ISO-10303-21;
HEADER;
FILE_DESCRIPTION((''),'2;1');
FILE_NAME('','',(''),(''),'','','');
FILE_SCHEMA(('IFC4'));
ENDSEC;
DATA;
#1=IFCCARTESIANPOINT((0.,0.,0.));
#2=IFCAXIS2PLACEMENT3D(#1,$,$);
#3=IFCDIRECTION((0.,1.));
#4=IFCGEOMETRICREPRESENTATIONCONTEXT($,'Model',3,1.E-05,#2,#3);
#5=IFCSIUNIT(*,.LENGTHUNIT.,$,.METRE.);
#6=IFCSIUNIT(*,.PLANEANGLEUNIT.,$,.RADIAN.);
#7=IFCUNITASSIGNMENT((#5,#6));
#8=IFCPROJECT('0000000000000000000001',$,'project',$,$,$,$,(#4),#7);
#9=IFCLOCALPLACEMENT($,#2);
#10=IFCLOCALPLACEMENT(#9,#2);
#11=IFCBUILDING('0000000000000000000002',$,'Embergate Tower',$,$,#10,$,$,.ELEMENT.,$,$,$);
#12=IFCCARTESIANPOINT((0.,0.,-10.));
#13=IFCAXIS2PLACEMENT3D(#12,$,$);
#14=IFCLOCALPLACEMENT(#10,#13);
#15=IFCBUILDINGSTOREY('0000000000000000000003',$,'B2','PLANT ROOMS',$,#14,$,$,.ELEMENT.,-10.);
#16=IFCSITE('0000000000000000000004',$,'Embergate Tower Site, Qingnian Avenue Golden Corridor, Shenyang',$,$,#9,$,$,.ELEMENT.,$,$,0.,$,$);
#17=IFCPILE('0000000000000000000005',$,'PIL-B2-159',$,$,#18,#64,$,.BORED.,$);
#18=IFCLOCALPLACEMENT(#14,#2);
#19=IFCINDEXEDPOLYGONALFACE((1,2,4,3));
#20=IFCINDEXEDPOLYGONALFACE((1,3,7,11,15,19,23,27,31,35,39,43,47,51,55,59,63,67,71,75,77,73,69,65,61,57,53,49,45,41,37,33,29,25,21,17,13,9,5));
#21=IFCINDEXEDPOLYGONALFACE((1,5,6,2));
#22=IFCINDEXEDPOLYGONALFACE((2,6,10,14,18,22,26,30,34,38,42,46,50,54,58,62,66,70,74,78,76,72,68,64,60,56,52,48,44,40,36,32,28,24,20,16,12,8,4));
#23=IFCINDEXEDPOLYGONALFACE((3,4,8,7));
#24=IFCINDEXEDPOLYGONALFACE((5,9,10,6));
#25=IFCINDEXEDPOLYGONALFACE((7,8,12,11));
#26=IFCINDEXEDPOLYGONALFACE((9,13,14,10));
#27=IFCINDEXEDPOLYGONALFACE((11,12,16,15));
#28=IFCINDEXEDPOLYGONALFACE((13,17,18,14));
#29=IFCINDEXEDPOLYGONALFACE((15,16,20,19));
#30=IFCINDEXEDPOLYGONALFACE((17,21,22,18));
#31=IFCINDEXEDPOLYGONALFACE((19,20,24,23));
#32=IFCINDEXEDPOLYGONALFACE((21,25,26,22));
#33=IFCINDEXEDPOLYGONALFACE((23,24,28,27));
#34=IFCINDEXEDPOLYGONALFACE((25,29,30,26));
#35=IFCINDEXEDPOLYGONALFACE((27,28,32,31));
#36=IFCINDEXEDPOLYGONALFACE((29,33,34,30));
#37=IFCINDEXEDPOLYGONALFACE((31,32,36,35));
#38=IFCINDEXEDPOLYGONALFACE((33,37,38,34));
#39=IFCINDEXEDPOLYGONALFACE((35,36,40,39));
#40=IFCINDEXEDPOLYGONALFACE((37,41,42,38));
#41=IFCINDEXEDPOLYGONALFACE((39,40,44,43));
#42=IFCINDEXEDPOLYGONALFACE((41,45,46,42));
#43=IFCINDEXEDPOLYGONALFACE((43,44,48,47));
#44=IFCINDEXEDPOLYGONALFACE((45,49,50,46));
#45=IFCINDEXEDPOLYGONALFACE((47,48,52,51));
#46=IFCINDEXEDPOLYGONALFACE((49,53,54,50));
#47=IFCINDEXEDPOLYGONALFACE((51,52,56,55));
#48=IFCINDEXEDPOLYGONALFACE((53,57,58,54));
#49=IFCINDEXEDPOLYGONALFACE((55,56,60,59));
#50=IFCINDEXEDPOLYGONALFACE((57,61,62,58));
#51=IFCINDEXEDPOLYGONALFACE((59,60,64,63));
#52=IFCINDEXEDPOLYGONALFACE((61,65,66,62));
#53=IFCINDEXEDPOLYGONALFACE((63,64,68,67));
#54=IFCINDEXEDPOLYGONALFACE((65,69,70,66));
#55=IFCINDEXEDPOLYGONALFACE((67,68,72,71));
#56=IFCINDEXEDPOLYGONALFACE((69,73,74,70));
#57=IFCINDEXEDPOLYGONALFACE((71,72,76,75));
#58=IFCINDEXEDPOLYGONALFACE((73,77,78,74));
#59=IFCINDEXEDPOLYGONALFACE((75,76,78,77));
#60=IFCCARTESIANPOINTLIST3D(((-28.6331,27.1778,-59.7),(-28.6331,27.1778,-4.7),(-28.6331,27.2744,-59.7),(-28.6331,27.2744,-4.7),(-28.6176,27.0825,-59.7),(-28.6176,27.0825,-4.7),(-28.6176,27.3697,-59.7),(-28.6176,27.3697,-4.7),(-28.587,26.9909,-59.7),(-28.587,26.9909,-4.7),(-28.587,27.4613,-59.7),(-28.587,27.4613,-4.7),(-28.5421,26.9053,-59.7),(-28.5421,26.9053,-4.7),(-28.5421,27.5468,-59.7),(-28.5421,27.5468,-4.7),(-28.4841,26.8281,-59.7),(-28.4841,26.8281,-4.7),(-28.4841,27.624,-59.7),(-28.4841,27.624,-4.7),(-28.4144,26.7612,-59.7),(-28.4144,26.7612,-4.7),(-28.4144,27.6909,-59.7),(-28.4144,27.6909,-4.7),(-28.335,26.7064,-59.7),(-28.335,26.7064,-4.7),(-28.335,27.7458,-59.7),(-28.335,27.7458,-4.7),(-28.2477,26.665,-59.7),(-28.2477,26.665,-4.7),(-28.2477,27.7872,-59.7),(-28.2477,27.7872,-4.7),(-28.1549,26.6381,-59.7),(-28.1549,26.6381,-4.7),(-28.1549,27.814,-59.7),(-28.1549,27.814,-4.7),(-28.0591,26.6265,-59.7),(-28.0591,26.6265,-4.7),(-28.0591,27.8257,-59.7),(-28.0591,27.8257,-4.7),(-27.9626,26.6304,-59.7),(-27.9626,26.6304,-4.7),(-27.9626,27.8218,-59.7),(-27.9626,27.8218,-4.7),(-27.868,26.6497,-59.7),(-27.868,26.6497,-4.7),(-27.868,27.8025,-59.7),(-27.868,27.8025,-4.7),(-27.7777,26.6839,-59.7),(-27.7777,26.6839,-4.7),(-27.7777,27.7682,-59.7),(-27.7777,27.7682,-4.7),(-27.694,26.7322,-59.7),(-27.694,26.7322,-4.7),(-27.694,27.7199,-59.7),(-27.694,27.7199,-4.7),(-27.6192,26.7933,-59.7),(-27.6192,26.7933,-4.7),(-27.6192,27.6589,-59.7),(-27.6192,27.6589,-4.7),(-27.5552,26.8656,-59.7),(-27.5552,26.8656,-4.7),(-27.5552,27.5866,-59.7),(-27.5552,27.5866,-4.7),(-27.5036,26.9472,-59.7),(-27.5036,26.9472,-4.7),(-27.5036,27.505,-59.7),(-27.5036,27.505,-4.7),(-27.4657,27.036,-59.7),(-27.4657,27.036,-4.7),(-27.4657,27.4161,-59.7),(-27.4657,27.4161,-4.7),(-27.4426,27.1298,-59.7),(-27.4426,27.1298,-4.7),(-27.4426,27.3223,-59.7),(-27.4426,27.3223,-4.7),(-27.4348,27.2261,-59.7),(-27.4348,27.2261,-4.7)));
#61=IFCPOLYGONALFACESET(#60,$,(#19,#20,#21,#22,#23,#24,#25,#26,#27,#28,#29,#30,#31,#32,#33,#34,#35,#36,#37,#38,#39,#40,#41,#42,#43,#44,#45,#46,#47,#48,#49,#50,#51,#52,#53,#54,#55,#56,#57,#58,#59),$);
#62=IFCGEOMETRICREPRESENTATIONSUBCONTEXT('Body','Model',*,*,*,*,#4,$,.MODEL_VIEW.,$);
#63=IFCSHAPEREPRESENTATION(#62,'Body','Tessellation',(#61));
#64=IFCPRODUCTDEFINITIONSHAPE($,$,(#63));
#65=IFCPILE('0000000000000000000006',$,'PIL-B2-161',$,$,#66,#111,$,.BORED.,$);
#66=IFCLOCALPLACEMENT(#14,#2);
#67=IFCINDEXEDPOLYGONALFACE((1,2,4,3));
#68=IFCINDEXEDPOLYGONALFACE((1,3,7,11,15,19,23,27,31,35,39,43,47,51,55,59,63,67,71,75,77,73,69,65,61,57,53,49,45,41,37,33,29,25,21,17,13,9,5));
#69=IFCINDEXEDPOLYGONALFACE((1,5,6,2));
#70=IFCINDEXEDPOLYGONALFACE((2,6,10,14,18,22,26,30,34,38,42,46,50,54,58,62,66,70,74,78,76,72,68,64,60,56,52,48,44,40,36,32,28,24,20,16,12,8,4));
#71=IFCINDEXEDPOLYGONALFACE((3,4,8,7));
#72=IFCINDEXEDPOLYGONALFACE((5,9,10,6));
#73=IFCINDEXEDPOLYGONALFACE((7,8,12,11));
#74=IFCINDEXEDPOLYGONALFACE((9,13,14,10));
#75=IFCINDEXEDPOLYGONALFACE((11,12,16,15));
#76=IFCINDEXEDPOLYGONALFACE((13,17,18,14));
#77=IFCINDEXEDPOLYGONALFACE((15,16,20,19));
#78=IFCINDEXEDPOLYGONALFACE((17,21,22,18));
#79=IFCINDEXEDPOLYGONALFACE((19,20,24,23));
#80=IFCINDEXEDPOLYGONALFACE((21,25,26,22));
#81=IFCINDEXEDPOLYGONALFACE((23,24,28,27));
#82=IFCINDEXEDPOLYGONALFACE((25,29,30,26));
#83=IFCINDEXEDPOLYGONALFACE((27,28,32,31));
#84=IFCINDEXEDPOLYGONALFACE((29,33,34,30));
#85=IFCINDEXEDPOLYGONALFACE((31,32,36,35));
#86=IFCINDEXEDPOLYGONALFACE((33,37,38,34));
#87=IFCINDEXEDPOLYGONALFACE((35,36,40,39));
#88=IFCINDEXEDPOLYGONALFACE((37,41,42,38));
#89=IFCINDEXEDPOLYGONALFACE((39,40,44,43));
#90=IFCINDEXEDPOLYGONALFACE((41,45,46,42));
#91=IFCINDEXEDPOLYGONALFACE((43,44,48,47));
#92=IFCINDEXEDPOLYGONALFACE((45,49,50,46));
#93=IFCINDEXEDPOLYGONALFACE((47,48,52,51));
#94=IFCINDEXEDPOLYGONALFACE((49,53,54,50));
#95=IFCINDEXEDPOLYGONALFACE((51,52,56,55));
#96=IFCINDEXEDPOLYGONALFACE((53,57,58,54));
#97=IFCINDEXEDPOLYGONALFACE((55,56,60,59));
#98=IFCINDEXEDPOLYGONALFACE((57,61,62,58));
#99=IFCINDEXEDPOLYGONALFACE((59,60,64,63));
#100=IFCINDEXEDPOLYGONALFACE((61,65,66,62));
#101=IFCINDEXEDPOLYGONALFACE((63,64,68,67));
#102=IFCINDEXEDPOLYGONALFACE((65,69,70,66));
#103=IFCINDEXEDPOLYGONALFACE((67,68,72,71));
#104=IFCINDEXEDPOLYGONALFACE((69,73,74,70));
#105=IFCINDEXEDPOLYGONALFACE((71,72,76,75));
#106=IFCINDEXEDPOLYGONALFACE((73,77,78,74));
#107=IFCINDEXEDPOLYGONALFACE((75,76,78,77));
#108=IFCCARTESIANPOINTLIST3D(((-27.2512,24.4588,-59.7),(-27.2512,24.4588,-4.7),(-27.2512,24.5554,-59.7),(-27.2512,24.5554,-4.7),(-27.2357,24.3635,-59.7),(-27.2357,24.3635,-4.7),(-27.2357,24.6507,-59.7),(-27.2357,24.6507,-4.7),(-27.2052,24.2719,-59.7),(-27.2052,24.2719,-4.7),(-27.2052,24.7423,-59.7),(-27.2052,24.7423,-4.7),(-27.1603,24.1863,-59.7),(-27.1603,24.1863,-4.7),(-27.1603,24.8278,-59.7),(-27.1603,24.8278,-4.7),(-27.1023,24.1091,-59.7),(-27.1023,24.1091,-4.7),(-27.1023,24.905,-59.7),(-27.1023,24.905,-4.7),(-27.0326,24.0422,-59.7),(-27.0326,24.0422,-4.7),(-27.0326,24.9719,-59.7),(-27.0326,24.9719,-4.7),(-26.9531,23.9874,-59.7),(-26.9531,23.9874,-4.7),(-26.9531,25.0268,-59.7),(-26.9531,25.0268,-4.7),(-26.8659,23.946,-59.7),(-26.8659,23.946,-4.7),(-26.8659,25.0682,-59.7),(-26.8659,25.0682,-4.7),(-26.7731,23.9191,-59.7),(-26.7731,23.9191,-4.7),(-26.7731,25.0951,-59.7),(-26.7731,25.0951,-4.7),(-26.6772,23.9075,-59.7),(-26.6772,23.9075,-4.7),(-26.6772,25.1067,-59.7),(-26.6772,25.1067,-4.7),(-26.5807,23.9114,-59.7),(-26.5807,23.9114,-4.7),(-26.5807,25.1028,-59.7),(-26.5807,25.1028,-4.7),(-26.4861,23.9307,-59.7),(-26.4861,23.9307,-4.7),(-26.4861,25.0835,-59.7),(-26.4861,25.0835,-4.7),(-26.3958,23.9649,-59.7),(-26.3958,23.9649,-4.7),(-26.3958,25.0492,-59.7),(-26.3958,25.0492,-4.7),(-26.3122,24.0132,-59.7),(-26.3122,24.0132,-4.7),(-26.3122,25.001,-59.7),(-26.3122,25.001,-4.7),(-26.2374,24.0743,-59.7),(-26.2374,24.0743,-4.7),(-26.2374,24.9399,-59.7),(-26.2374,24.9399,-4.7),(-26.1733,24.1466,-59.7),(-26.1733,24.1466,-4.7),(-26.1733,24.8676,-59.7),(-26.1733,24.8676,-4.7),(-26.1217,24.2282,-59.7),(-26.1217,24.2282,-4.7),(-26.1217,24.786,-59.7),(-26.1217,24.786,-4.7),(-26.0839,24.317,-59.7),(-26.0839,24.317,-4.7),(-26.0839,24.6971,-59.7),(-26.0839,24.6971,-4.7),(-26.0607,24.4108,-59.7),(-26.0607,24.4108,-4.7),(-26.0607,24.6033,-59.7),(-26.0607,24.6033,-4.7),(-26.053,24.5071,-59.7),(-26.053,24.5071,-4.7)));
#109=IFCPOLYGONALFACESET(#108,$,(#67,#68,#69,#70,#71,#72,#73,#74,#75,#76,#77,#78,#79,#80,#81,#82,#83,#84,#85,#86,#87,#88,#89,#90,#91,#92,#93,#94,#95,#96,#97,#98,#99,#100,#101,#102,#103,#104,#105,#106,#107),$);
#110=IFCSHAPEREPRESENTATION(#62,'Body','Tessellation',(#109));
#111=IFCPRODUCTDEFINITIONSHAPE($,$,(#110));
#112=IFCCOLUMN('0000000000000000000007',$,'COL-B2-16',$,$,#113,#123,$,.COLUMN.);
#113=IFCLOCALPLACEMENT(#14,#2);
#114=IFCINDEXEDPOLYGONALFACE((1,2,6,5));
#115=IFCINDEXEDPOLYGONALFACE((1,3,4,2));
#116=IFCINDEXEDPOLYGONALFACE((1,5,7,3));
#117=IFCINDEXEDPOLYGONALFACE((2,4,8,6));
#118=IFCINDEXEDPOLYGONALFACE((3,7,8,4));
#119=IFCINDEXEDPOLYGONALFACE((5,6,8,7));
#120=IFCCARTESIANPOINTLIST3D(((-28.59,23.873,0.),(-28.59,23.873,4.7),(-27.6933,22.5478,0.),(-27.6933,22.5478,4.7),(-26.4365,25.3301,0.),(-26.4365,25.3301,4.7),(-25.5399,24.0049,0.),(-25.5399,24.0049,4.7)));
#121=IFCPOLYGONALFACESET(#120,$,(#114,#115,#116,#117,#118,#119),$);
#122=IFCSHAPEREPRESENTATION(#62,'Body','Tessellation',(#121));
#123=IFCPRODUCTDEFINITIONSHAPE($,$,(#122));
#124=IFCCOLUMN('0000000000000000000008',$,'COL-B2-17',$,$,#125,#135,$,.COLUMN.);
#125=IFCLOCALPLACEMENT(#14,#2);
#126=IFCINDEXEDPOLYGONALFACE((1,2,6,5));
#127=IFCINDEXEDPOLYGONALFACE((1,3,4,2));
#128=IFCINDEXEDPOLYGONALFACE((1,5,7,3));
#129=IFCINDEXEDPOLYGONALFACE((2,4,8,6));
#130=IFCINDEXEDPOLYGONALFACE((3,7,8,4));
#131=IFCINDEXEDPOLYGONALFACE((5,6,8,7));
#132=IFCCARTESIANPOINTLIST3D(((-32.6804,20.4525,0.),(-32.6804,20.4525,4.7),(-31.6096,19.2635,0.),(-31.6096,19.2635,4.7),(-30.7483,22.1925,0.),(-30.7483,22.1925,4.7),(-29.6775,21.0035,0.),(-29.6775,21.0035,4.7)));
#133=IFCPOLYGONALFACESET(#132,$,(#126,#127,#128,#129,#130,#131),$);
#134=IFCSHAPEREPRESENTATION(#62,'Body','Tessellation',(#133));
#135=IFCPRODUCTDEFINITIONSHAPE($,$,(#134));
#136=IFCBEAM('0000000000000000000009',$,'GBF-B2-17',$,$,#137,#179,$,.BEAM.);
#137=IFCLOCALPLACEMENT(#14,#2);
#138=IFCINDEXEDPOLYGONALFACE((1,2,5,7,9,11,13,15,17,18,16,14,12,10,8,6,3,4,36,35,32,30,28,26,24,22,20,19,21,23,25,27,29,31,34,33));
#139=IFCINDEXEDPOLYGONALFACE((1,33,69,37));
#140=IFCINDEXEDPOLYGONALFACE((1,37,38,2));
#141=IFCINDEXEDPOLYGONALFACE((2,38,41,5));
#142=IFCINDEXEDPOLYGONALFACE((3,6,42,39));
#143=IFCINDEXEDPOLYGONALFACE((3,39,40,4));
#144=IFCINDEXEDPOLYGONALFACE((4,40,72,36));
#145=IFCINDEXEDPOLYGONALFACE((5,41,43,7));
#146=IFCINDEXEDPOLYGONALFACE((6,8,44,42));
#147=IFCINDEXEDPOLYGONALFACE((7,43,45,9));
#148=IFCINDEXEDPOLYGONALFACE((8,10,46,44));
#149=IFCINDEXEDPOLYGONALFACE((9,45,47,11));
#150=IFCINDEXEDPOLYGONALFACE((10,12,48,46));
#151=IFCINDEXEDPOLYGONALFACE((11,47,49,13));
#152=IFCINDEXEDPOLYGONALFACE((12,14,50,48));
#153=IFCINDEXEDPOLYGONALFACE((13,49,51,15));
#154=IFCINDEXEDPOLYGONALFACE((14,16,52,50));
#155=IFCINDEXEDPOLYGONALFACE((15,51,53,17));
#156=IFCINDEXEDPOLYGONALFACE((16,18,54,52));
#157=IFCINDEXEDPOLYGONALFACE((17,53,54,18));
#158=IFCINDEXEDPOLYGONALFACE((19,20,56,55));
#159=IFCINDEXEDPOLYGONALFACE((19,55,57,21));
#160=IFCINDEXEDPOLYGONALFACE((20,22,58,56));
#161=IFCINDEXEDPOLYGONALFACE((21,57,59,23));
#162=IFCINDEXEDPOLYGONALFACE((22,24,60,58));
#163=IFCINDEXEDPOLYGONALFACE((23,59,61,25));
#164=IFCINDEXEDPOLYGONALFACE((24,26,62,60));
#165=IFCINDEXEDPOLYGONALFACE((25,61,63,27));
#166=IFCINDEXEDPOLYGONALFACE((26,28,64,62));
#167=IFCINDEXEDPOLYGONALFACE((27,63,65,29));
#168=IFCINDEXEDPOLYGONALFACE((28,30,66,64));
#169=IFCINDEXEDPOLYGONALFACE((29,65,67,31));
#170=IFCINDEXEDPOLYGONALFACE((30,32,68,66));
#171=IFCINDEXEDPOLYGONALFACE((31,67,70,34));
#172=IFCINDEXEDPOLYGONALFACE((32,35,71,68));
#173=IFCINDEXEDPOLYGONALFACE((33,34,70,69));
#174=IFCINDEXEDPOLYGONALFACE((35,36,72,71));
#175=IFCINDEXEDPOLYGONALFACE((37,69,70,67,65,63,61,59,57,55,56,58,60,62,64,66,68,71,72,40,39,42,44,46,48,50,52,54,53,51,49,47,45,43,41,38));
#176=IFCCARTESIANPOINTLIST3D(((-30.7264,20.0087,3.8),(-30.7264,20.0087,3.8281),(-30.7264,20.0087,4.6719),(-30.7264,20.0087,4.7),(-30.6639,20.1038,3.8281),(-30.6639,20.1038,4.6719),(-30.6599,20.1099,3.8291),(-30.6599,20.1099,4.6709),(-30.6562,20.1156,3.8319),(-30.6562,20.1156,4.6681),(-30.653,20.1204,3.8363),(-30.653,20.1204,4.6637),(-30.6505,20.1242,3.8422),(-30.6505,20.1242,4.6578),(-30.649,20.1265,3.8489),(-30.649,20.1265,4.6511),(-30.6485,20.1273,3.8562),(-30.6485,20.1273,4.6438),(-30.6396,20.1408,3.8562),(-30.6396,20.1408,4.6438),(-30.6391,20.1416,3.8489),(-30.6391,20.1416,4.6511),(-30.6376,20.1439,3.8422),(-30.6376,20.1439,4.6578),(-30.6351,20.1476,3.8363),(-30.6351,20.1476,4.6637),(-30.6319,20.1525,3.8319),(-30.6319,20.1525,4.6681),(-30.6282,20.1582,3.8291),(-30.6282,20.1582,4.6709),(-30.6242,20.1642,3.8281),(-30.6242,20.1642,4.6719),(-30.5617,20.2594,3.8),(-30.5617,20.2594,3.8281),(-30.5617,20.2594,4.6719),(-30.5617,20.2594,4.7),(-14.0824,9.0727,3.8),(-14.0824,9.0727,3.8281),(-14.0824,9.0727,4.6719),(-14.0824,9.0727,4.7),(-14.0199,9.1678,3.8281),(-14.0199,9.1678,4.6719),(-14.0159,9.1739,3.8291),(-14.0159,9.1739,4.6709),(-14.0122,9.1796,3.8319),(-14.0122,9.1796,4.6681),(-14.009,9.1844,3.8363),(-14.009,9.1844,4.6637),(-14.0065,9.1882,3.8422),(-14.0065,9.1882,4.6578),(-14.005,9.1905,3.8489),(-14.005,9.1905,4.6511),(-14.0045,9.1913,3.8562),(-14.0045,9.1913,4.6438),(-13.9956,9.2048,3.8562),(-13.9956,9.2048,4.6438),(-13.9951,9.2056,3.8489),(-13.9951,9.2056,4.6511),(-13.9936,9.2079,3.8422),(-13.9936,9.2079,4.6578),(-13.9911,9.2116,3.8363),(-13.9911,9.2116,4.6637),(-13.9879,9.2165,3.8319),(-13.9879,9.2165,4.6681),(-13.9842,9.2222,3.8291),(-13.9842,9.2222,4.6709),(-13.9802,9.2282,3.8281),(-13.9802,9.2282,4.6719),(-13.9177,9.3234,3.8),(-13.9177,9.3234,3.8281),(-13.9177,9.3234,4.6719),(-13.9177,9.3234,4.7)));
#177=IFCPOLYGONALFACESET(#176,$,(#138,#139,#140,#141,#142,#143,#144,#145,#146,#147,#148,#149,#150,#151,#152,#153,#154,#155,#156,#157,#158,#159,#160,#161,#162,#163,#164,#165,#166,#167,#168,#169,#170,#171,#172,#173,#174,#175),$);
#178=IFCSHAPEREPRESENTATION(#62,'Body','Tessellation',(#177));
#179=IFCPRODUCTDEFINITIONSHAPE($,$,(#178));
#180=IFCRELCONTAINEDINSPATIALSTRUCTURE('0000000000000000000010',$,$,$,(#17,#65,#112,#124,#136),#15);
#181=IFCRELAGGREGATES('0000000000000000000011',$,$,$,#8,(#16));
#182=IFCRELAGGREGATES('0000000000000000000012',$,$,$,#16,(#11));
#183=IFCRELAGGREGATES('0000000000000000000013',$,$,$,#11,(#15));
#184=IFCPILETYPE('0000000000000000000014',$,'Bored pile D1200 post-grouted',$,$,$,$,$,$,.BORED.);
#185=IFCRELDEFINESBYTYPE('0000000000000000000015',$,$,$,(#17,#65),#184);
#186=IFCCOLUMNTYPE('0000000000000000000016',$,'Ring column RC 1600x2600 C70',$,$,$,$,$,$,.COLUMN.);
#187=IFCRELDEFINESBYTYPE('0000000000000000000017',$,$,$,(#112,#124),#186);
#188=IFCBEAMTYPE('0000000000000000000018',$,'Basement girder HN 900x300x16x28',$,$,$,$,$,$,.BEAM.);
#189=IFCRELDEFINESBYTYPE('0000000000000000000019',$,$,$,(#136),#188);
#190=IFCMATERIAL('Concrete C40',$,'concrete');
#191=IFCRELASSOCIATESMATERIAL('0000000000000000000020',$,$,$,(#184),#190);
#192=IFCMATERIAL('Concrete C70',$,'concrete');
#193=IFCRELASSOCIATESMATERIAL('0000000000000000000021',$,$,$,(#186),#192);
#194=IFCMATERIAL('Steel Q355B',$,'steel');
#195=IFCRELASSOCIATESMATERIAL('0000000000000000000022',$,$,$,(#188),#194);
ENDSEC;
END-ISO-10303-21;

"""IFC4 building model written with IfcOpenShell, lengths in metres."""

from ifc_helpers import new_model, si_unit, direction, frame, origin, origin_2d, place, context, subcontext, project, spatial, rectangle, circle, i_section, extrude, source, transform, mapped, material, material_profile, profile_set, type_object, element, save


model = new_model("IFC4")

# Units and contexts
model_context = context("Model", 3, precision=1e-05, world=origin(), true_north=direction((0.0, 1.0)))
body_context = subcontext(model_context, "Body", "Model", "MODEL_VIEW")
ifc_project = project(units=[si_unit("LENGTHUNIT", "METRE"), si_unit("PLANEANGLEUNIT", "RADIAN")], contexts=[model_context])

# Site, building, storey
site_placement = place(None, origin())
site = spatial("IfcSite", under=ifc_project, at=site_placement, Name="Embergate Tower Site, Qingnian Avenue Golden Corridor, Shenyang", CompositionType="ELEMENT", RefElevation=0.0)
building_placement = place(site_placement, origin())
building = spatial("IfcBuilding", under=site, at=building_placement, Name="Embergate Tower", CompositionType="ELEMENT")
storey_placement = place(building_placement, frame((0.0, 0.0, -10.0)))
storey = spatial("IfcBuildingStorey", under=building, at=storey_placement, Name="B2", Description="PLANT ROOMS", CompositionType="ELEMENT", Elevation=-10.0)

# Piles
ifc_material_1 = material(Name="Concrete C40", Category="concrete")
ifc_material_profile_1 = material_profile(ifc_material_1, circle(Radius=0.6001, at=origin_2d()), Name="D1200")
ifc_profile_set_1 = profile_set([ifc_material_profile_1], Name="Concrete C40")
pile_type = type_object("IfcPileType", Name="Bored pile D1200 post-grouted", PredefinedType="BORED", material=ifc_profile_set_1)
shared_shape_1 = source(origin(), body_context, "Body", "SweptSolid", [
    extrude(circle(Radius=0.6001, at=origin_2d()), origin(), (0.0, 0.0, 1.0), 55.0),
])
for number, where, z_axis, x_axis, name in (
    (1, (-28.0349, 27.2261, -4.7), (0.0, 0.0, -1.0), (1.0, 0.0, 0.0), "PIL-B2-159"),
    (2, (-26.6531, 24.5071, -4.7), (0.0, 0.0, -1.0), (1.0, 0.0, 0.0), "PIL-B2-161"),
):
    element("IfcPile", number, at=place(storey_placement, frame(where, z_axis=z_axis, x_axis=x_axis)), inside=storey, type_object=pile_type, Name=name, PredefinedType="BORED", context=body_context, shape_type="MappedRepresentation", body=[
        mapped(shared_shape_1, transform((0.0, 0.0, 0.0))),
    ])

# Columns
ifc_material_2 = material(Name="Concrete C70", Category="concrete")
ifc_material_profile_2 = material_profile(ifc_material_2, rectangle(XDim=1.6001, YDim=2.6001, at=origin_2d()), Name="RC 1600x2600")
ifc_profile_set_2 = profile_set([ifc_material_profile_2], Name="Concrete C70")
column_type = type_object("IfcColumnType", Name="Ring column RC 1600x2600 C70", PredefinedType="COLUMN", material=ifc_profile_set_2)
shared_shape_2 = source(origin(), body_context, "Body", "SweptSolid", [
    extrude(rectangle(XDim=1.6001, YDim=2.6001, at=origin_2d()), origin(), (0.0, 0.0, 1.0), 4.7),
])
for number, where, z_axis, x_axis, name in (
    (3, (-27.0649, 23.939, 0.0), (0.0, 0.0, 1.0), (-0.560393, 0.828227, 0.0), "COL-B2-16"),
    (4, (-31.179, 20.728, 0.0), (0.0, 0.0, 1.0), (-0.669208, 0.743075, 0.0), "COL-B2-17"),
):
    element("IfcColumn", number, at=place(storey_placement, frame(where, z_axis=z_axis, x_axis=x_axis)), inside=storey, type_object=column_type, Name=name, PredefinedType="COLUMN", context=body_context, shape_type="MappedRepresentation", body=[
        mapped(shared_shape_2, transform((0.0, 0.0, 0.0))),
    ])

# Beam
ifc_material_3 = material(Name="Steel Q355B", Category="steel")
ifc_material_profile_3 = material_profile(ifc_material_3, i_section(OverallWidth=0.3, OverallDepth=0.8999, WebThickness=0.0161, FlangeThickness=0.0281, FilletRadius=0.0281, at=origin_2d()), Name="HN 900x300x16x28")
ifc_profile_set_3 = profile_set([ifc_material_profile_3], Name="Steel Q355 grade B")
beam_type_1 = type_object("IfcBeamType", Name="Basement girder HN 900x300x16x28", PredefinedType="BEAM", material=ifc_profile_set_3)
shared_shape_3 = source(origin(), body_context, "Body", "SweptSolid", [
    extrude(i_section(OverallWidth=0.3, OverallDepth=0.8999, WebThickness=0.0161, FlangeThickness=0.0281, FilletRadius=0.0281, at=origin_2d()), origin(), (0.0, 0.0, 1.0), 19.9153),
])
beam_1_placement = place(storey_placement, frame((-30.644, 20.134, 4.25), z_axis=(0.83574, -0.549126, 0.0), x_axis=(0.549126, 0.83574, 0.0)))
element("IfcBeam", 5, at=beam_1_placement, inside=storey, type_object=beam_type_1, Name="GBF-B2-17", PredefinedType="BEAM", context=body_context, shape_type="MappedRepresentation", body=[
    mapped(shared_shape_3, transform((0.0, 0.0, 0.0))),
])

save(model, "model.ifc")
